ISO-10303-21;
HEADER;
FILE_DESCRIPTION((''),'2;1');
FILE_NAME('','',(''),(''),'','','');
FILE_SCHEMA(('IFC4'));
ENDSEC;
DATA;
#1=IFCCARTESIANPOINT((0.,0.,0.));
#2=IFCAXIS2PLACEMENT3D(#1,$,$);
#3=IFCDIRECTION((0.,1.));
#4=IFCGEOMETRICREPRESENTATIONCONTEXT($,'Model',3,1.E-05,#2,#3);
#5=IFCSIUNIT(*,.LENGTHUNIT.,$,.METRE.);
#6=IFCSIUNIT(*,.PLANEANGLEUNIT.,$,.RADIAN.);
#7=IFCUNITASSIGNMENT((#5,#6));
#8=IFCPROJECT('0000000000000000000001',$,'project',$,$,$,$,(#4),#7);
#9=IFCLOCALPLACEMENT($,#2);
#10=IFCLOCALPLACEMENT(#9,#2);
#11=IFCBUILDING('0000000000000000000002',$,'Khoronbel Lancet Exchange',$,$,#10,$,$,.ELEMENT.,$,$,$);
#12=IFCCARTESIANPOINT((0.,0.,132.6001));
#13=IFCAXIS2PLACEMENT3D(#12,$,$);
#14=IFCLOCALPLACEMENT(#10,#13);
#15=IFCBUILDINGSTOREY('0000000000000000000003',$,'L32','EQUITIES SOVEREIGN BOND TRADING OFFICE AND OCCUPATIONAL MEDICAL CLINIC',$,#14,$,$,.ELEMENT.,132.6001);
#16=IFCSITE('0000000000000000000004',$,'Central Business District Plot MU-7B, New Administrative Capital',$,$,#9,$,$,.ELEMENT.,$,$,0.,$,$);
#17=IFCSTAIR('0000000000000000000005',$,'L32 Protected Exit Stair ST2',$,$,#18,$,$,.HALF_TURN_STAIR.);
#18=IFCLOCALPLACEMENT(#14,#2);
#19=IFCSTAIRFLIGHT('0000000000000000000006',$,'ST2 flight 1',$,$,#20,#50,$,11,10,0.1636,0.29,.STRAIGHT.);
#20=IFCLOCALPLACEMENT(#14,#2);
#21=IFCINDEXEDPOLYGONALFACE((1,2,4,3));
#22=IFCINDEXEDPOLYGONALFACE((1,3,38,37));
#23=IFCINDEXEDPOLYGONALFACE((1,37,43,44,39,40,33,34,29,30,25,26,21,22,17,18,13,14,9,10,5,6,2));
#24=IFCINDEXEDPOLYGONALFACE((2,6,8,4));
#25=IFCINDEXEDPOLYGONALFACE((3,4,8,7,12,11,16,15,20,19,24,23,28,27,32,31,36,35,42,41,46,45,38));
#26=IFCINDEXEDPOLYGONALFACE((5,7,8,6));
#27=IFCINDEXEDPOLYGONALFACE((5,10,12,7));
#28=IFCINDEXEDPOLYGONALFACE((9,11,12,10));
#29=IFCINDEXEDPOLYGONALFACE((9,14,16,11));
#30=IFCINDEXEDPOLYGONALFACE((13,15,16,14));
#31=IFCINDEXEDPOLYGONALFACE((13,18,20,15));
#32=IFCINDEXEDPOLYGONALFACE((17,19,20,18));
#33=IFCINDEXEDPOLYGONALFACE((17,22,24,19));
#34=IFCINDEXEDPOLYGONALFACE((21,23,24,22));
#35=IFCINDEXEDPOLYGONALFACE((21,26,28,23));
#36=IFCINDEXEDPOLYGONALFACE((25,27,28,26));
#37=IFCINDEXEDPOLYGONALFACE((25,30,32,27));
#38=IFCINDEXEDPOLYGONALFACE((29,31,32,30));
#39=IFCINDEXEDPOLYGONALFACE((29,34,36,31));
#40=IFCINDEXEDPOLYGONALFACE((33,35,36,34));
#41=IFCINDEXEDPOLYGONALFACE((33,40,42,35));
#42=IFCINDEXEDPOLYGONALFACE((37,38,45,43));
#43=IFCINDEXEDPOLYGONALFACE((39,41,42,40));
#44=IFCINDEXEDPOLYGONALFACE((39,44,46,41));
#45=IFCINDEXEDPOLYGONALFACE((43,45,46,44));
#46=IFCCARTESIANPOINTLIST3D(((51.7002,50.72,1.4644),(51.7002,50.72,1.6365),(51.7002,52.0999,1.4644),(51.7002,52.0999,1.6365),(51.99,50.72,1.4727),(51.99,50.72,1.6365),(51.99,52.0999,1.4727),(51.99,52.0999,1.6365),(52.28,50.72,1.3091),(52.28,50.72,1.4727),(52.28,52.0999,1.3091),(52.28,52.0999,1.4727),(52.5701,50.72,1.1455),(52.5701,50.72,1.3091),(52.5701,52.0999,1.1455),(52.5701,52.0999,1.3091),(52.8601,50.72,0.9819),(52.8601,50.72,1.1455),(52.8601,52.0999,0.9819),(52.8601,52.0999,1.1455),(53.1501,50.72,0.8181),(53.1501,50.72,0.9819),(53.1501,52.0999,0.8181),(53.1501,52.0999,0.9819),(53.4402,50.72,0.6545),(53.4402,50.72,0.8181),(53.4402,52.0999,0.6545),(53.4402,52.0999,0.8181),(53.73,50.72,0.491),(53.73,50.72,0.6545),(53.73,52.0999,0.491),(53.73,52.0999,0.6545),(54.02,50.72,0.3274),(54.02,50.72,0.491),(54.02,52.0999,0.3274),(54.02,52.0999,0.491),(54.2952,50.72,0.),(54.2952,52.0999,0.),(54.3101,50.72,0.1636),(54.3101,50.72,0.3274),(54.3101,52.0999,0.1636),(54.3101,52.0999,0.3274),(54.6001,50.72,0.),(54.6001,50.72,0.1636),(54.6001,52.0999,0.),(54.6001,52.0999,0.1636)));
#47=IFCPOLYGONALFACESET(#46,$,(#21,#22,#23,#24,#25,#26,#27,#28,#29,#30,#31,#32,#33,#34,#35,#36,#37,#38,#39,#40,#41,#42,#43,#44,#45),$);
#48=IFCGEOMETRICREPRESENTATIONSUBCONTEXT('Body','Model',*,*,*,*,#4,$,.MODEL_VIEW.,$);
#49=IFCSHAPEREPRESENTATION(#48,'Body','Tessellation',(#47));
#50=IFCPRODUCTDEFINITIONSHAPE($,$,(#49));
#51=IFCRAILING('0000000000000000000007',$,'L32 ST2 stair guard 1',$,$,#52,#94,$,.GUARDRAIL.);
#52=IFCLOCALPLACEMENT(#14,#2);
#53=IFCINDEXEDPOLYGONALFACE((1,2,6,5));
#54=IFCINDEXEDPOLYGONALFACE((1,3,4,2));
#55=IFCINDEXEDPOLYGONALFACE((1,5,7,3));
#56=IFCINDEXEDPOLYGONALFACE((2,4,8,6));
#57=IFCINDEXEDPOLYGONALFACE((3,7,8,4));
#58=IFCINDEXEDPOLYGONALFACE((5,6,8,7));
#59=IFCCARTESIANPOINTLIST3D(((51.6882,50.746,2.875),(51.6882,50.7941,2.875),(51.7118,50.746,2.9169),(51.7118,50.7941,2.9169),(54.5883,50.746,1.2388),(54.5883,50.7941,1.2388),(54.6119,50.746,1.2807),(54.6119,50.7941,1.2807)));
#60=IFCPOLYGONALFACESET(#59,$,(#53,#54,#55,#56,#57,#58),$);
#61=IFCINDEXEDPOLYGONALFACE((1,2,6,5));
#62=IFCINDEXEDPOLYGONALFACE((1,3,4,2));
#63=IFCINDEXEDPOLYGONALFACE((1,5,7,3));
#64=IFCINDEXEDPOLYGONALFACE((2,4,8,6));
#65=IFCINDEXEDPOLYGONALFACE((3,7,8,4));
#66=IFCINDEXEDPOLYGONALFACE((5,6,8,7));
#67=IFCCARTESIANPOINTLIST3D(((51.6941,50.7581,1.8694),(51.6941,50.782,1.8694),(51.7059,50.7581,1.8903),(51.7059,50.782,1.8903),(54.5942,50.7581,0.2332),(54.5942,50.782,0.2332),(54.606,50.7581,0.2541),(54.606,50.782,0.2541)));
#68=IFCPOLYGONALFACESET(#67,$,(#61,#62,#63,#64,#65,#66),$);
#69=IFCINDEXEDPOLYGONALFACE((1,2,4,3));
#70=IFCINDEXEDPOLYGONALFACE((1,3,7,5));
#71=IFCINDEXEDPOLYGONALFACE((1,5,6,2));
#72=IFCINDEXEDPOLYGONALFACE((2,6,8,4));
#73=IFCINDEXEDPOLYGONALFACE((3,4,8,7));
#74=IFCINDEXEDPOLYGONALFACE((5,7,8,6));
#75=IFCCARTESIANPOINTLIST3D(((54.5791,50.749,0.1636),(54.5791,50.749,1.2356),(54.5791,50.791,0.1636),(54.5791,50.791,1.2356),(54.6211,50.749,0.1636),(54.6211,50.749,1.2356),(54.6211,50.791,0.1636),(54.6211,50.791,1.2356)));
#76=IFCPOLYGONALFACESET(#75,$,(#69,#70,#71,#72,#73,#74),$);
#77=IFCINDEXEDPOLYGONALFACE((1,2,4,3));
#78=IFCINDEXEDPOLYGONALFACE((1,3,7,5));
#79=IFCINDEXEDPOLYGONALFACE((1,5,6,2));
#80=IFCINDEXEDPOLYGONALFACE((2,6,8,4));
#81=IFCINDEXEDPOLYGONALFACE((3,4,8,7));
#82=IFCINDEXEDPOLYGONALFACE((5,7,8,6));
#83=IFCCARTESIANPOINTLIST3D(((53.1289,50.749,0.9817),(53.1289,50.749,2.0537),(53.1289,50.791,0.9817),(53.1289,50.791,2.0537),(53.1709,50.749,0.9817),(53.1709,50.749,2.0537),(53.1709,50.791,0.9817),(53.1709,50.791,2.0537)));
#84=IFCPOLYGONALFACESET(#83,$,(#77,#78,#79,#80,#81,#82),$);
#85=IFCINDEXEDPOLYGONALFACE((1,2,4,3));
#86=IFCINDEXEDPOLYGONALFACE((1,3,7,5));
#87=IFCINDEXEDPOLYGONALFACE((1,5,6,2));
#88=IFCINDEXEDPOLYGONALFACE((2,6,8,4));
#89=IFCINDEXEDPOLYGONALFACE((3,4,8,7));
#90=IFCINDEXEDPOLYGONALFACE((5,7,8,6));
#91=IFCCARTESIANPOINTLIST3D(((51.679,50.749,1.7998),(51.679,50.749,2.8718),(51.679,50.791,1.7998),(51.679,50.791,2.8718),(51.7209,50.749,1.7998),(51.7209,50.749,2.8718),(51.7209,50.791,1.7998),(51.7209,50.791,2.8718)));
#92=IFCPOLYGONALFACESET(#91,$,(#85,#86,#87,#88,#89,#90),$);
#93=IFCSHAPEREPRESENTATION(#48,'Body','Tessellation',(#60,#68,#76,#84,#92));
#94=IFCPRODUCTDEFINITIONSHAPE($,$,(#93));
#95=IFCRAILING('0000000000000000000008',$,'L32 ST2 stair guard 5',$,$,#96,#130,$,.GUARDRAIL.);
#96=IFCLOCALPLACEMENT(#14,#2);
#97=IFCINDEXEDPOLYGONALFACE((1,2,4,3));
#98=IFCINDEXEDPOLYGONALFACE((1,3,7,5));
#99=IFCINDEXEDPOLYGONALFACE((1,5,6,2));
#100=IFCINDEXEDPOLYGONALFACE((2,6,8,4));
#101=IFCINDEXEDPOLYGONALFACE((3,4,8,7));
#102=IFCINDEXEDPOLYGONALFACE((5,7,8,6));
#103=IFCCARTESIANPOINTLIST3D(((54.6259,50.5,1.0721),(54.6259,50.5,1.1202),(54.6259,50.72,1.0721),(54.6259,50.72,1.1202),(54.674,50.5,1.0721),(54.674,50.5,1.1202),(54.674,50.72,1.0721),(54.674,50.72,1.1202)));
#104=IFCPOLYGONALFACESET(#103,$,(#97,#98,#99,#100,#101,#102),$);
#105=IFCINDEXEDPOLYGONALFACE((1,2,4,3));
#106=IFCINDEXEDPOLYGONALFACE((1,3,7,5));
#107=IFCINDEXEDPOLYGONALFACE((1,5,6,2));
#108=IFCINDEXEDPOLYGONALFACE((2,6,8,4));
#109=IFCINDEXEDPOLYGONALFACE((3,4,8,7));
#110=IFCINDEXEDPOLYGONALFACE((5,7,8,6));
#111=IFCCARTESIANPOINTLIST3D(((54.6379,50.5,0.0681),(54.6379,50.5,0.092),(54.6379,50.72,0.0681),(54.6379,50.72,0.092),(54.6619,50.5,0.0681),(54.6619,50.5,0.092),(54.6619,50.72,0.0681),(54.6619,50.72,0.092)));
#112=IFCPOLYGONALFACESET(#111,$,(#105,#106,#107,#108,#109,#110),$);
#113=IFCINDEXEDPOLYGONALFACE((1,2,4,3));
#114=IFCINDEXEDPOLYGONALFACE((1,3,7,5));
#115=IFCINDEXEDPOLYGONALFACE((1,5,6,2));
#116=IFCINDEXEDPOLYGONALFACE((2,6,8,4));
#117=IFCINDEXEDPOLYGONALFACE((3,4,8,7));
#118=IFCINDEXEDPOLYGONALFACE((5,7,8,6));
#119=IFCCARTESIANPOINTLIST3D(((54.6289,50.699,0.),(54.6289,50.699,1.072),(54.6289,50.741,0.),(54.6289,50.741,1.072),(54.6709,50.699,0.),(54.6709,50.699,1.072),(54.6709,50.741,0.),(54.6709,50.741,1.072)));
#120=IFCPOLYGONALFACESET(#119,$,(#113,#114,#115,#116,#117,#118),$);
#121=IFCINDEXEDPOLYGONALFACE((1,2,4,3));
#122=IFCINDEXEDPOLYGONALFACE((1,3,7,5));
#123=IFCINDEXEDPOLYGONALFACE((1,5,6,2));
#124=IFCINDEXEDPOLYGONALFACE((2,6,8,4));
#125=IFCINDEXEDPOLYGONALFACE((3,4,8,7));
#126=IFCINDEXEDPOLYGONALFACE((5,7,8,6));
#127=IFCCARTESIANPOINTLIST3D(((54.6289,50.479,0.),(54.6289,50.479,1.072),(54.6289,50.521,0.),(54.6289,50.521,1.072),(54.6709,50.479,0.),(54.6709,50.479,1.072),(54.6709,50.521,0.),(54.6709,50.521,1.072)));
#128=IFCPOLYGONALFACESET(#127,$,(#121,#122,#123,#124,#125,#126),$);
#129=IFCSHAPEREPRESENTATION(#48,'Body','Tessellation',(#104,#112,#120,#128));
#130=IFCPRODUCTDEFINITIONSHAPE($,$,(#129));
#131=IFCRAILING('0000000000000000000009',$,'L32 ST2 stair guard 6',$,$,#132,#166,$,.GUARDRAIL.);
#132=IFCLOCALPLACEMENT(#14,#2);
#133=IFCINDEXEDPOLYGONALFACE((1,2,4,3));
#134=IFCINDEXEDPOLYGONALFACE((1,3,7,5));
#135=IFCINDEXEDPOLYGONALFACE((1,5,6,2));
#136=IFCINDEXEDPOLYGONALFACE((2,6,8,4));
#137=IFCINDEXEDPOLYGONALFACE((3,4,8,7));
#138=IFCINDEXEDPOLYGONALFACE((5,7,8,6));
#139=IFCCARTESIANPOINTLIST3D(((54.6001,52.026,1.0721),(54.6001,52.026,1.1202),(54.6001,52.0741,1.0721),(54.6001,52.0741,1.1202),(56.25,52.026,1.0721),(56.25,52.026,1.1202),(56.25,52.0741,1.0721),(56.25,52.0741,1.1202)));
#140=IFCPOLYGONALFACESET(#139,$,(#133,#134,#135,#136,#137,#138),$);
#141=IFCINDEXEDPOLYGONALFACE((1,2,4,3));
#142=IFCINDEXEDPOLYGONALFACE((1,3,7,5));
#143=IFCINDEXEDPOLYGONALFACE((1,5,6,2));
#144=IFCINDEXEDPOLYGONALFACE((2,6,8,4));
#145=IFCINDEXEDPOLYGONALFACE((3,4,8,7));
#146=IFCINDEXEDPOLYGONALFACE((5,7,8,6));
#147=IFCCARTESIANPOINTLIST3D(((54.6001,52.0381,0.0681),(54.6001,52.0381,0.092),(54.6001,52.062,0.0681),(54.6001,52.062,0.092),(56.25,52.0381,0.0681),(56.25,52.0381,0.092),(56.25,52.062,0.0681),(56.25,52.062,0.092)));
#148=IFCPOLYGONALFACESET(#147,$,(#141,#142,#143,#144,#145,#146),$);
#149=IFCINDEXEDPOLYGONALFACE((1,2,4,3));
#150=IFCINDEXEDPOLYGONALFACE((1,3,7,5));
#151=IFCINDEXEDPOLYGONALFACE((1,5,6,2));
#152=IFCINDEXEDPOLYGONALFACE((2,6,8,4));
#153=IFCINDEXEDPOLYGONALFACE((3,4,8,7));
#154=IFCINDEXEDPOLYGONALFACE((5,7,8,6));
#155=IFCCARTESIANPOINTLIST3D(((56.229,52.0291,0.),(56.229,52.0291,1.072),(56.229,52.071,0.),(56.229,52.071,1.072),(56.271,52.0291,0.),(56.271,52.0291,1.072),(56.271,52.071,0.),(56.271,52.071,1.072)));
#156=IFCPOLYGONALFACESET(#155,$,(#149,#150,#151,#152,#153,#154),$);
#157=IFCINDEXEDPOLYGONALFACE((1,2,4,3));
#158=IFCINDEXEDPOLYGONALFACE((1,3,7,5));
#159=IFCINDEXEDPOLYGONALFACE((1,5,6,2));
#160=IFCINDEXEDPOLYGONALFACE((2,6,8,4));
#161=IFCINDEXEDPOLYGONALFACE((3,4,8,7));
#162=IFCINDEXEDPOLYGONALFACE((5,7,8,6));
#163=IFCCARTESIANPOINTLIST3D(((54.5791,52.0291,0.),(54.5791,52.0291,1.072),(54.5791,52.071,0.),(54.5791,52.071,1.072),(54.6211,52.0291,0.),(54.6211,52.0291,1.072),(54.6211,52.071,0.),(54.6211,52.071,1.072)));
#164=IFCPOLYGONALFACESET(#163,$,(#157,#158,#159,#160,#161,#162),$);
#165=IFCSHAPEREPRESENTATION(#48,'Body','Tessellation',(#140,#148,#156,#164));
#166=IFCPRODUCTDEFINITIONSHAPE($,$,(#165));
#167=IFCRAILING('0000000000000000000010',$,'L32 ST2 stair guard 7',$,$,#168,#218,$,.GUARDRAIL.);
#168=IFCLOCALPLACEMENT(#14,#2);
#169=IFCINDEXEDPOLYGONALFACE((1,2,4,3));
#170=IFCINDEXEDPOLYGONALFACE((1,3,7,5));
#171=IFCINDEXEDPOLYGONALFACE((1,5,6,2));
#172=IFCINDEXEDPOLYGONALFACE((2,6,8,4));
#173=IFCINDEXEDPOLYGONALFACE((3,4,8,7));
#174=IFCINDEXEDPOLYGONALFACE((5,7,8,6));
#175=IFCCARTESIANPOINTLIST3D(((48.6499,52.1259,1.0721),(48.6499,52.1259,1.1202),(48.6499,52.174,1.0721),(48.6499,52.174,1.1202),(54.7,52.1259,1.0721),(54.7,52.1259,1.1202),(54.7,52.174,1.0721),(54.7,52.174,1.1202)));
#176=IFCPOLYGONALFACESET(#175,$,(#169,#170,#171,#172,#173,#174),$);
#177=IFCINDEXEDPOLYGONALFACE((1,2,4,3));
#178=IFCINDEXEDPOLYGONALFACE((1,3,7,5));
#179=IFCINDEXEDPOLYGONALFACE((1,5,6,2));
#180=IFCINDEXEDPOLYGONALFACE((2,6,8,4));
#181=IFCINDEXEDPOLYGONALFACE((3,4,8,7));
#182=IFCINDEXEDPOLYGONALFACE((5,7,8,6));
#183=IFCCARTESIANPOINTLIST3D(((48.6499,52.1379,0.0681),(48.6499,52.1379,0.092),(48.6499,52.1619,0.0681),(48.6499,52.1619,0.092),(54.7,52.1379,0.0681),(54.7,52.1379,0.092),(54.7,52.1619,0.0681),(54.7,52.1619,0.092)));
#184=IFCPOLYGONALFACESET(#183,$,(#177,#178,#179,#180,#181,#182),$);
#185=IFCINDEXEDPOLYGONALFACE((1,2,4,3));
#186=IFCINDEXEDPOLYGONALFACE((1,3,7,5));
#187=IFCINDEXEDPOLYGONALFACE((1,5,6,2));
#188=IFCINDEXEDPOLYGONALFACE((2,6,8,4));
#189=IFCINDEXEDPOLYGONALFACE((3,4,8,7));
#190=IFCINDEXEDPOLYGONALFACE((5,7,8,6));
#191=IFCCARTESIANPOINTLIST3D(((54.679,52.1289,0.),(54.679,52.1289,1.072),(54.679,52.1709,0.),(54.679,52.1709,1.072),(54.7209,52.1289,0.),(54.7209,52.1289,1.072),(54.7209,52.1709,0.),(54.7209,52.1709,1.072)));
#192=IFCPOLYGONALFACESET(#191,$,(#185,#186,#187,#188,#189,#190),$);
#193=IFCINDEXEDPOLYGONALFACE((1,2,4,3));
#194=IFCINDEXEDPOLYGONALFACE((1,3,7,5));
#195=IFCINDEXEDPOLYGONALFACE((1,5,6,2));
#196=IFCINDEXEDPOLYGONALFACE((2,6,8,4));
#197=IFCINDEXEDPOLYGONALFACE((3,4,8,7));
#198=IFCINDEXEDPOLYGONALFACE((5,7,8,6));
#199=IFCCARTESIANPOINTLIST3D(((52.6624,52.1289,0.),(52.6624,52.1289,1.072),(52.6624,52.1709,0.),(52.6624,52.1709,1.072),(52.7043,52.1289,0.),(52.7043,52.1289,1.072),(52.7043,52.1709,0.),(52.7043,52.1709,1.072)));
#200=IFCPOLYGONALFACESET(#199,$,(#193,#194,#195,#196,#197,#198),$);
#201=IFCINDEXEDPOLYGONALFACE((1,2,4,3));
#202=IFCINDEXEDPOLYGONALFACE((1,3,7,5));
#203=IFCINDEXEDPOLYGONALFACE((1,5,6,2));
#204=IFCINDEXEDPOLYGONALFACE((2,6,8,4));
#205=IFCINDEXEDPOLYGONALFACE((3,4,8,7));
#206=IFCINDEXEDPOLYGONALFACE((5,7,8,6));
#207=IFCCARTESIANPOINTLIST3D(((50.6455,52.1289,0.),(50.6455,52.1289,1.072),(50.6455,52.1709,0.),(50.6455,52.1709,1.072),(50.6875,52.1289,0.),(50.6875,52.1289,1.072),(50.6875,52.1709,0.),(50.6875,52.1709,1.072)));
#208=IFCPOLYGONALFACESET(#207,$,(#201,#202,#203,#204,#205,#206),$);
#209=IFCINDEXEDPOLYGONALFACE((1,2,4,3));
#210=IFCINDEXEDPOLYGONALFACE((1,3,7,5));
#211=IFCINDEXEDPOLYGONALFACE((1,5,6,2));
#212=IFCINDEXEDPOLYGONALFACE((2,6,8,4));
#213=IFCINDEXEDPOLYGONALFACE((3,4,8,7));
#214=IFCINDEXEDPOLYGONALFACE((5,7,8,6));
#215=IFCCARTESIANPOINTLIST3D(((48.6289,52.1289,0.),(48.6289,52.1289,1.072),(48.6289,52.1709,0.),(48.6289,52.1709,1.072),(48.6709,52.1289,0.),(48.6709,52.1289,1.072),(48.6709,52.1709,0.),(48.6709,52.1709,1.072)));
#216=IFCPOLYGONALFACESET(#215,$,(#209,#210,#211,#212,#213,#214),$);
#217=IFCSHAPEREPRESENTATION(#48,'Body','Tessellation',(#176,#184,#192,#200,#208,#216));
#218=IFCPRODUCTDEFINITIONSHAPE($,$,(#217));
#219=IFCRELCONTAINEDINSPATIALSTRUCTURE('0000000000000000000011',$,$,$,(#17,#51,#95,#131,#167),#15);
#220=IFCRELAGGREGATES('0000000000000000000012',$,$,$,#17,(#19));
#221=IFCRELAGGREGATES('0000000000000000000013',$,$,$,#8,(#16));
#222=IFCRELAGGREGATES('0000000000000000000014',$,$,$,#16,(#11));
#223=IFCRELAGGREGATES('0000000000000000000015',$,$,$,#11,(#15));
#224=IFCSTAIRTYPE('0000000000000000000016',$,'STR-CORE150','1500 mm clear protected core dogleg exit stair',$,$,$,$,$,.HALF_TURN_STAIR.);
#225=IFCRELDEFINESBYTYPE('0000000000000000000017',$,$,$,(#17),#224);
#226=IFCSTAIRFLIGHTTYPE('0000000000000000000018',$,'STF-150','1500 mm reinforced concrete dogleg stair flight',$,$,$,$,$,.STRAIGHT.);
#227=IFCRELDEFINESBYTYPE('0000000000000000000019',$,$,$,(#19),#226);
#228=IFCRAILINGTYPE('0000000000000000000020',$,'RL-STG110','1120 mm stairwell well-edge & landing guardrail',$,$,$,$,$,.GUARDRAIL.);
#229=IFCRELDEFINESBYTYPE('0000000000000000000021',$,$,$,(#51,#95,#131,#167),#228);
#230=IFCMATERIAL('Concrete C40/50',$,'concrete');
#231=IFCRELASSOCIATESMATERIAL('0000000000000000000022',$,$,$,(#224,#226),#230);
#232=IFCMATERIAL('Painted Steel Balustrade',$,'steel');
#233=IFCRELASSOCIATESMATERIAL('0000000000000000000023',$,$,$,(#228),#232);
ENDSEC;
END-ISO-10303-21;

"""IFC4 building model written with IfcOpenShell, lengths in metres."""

from ifc_helpers import new_model, si_unit, direction, frame, origin, origin_2d, place, context, subcontext, project, spatial, polyline, rectangle, outline, extrude, material, type_object, element, aggregate, save


model = new_model("IFC4")

# Units and contexts
model_context = context("Model", 3, precision=1e-05, world=origin(), true_north=direction((0.0, 1.0)))
body_context = subcontext(model_context, "Body", "Model", "MODEL_VIEW")
ifc_project = project(units=[si_unit("LENGTHUNIT", "METRE"), si_unit("PLANEANGLEUNIT", "RADIAN")], contexts=[model_context])

# Site, building, storey
site_placement = place(None, origin())
site = spatial("IfcSite", under=ifc_project, at=site_placement, Name="Central Business District Plot MU-7B, New Administrative Capital", CompositionType="ELEMENT", RefElevation=0.0)
building_placement = place(site_placement, origin())
building = spatial("IfcBuilding", under=site, at=building_placement, Name="Khoronbel Lancet Exchange", CompositionType="ELEMENT")
storey_placement = place(building_placement, frame((0.0, 0.0, 132.6001)))
storey = spatial("IfcBuildingStorey", under=building, at=storey_placement, Name="L32", Description="EQUITIES SOVEREIGN BOND TRADING OFFICE AND OCCUPATIONAL MEDICAL CLINIC", CompositionType="ELEMENT", Elevation=132.6001)

# Stair, stair flight
ifc_material_1 = material(Name="Concrete C40/50", Category="concrete")
stair_type = type_object("IfcStairType", Name="STR-CORE150", Description="1500 mm clear protected core dogleg exit stair", PredefinedType="HALF_TURN_STAIR", material=ifc_material_1)
stair_placement = place(storey_placement, origin())
stair = element("IfcStair", 1, at=stair_placement, inside=storey, type_object=stair_type, Name="L32 Protected Exit Stair ST2", PredefinedType="HALF_TURN_STAIR")
stair_flight_type = type_object("IfcStairFlightType", Name="STF-150", Description="1500 mm reinforced concrete dogleg stair flight", PredefinedType="STRAIGHT", material=ifc_material_1)
stair_flight_placement = place(storey_placement, frame((54.6001, 51.4099, 0.0), z_axis=(0.0, 0.0, 1.0), x_axis=(-1.0, 0.0, 0.0)))
stair_flight = element("IfcStairFlight", 2, at=stair_flight_placement, type_object=stair_flight_type, Name="ST2 flight 1", NumberOfRisers=11, NumberOfTreads=10, PredefinedType="STRAIGHT", RiserHeight=0.1636, TreadLength=0.29, context=body_context, shape_type="SweptSolid", body=[
    extrude(outline(polyline([(0.0, 0.0), (0.0, 0.1636), (0.29, 0.1636), (0.29, 0.3274), (0.5801, 0.3274), (0.5801, 0.491), (0.8701, 0.491), (0.8701, 0.6545), (1.1599, 0.6545), (1.1599, 0.8181), (1.45, 0.8181), (1.45, 0.9819), (1.74, 0.9819), (1.74, 1.1455), (2.03, 1.1455), (2.03, 1.3091), (2.3201, 1.3091), (2.3201, 1.4727), (2.6101, 1.4727), (2.6101, 1.6365), (2.8999, 1.6365), (2.8999, 1.8), (2.8999, 1.4644), (0.3049, 0.0), (0.0, 0.0)])), frame((0.0, 0.6899, 0.0), z_axis=(0.0, -1.0, 0.0), x_axis=(1.0, 0.0, 0.0)), (0.0, 0.0, 1.0), 1.3799),
])
aggregate(stair, [stair_flight])

# Railings
ifc_material_2 = material(Name="Painted Steel Balustrade", Category="steel")
railing_type_1 = type_object("IfcRailingType", Name="RL-STG110", Description="1120 mm stairwell well-edge & landing guardrail", PredefinedType="GUARDRAIL", material=ifc_material_2)
railing_1_placement = place(storey_placement, frame((54.6001, 50.77, 0.1636)))
element("IfcRailing", 3, at=railing_1_placement, inside=storey, type_object=railing_type_1, Name="L32 ST2 stair guard 1", PredefinedType="GUARDRAIL", context=body_context, shape_type="SweptSolid", body=[
    extrude(rectangle(XDim=0.0481, YDim=0.0481, at=origin_2d()), frame((0.0, 0.0, 1.0962), z_axis=(-0.870946, 0.0, 0.491378), x_axis=(0.0, -1.0, 0.0)), (0.0, 0.0, 1.0), 3.3298),
    extrude(rectangle(XDim=0.0239, YDim=0.0239, at=origin_2d()), frame((0.0, 0.0, 0.0801), z_axis=(-0.870946, 0.0, 0.491378), x_axis=(0.0, -1.0, 0.0)), (0.0, 0.0, 1.0), 3.3298),
    extrude(rectangle(XDim=0.042, YDim=0.042, at=origin_2d()), origin(), (0.0, 0.0, 1.0), 1.072),
    extrude(rectangle(XDim=0.042, YDim=0.042, at=origin_2d()), frame((-1.4502, 0.0, 0.8181)), (0.0, 0.0, 1.0), 1.072),
    extrude(rectangle(XDim=0.042, YDim=0.042, at=origin_2d()), frame((-2.9001, 0.0, 1.6362)), (0.0, 0.0, 1.0), 1.072),
])
railing_2_placement = place(storey_placement, frame((54.6499, 50.72, 0.0)))
element("IfcRailing", 4, at=railing_2_placement, inside=storey, type_object=railing_type_1, Name="L32 ST2 stair guard 5", PredefinedType="GUARDRAIL", context=body_context, shape_type="SweptSolid", body=[
    extrude(rectangle(XDim=0.0481, YDim=0.0481, at=origin_2d()), frame((0.0, 0.0, 1.0962), z_axis=(0.0, -1.0, 0.0), x_axis=(1.0, 0.0, 0.0)), (0.0, 0.0, 1.0), 0.22),
    extrude(rectangle(XDim=0.0239, YDim=0.0239, at=origin_2d()), frame((0.0, 0.0, 0.0801), z_axis=(0.0, -1.0, 0.0), x_axis=(1.0, 0.0, 0.0)), (0.0, 0.0, 1.0), 0.22),
    extrude(rectangle(XDim=0.042, YDim=0.042, at=origin_2d()), origin(), (0.0, 0.0, 1.0), 1.072),
    extrude(rectangle(XDim=0.042, YDim=0.042, at=origin_2d()), frame((0.0, -0.22, 0.0)), (0.0, 0.0, 1.0), 1.072),
])
railing_3_placement = place(storey_placement, frame((56.25, 52.05, 0.0)))
element("IfcRailing", 5, at=railing_3_placement, inside=storey, type_object=railing_type_1, Name="L32 ST2 stair guard 6", PredefinedType="GUARDRAIL", context=body_context, shape_type="SweptSolid", body=[
    extrude(rectangle(XDim=0.0481, YDim=0.0481, at=origin_2d()), frame((0.0, 0.0, 1.0962), z_axis=(-1.0, 0.0, 0.0), x_axis=(0.0, -1.0, 0.0)), (0.0, 0.0, 1.0), 1.6499),
    extrude(rectangle(XDim=0.0239, YDim=0.0239, at=origin_2d()), frame((0.0, 0.0, 0.0801), z_axis=(-1.0, 0.0, 0.0), x_axis=(0.0, -1.0, 0.0)), (0.0, 0.0, 1.0), 1.6499),
    extrude(rectangle(XDim=0.042, YDim=0.042, at=origin_2d()), origin(), (0.0, 0.0, 1.0), 1.072),
    extrude(rectangle(XDim=0.042, YDim=0.042, at=origin_2d()), frame((-1.6499, 0.0, 0.0)), (0.0, 0.0, 1.0), 1.072),
])
railing_4_placement = place(storey_placement, frame((54.7, 52.1499, 0.0)))
element("IfcRailing", 6, at=railing_4_placement, inside=storey, type_object=railing_type_1, Name="L32 ST2 stair guard 7", PredefinedType="GUARDRAIL", context=body_context, shape_type="SweptSolid", body=[
    extrude(rectangle(XDim=0.0481, YDim=0.0481, at=origin_2d()), frame((0.0, 0.0, 1.0962), z_axis=(-1.0, 0.0, 0.0), x_axis=(0.0, -1.0, 0.0)), (0.0, 0.0, 1.0), 6.05),
    extrude(rectangle(XDim=0.0239, YDim=0.0239, at=origin_2d()), frame((0.0, 0.0, 0.0801), z_axis=(-1.0, 0.0, 0.0), x_axis=(0.0, -1.0, 0.0)), (0.0, 0.0, 1.0), 6.05),
    extrude(rectangle(XDim=0.042, YDim=0.042, at=origin_2d()), origin(), (0.0, 0.0, 1.0), 1.072),
    extrude(rectangle(XDim=0.042, YDim=0.042, at=origin_2d()), frame((-2.0166, 0.0, 0.0)), (0.0, 0.0, 1.0), 1.072),
    extrude(rectangle(XDim=0.042, YDim=0.042, at=origin_2d()), frame((-4.0334, 0.0, 0.0)), (0.0, 0.0, 1.0), 1.072),
    extrude(rectangle(XDim=0.042, YDim=0.042, at=origin_2d()), frame((-6.05, 0.0, 0.0)), (0.0, 0.0, 1.0), 1.072),
])

save(model, "model.ifc")
